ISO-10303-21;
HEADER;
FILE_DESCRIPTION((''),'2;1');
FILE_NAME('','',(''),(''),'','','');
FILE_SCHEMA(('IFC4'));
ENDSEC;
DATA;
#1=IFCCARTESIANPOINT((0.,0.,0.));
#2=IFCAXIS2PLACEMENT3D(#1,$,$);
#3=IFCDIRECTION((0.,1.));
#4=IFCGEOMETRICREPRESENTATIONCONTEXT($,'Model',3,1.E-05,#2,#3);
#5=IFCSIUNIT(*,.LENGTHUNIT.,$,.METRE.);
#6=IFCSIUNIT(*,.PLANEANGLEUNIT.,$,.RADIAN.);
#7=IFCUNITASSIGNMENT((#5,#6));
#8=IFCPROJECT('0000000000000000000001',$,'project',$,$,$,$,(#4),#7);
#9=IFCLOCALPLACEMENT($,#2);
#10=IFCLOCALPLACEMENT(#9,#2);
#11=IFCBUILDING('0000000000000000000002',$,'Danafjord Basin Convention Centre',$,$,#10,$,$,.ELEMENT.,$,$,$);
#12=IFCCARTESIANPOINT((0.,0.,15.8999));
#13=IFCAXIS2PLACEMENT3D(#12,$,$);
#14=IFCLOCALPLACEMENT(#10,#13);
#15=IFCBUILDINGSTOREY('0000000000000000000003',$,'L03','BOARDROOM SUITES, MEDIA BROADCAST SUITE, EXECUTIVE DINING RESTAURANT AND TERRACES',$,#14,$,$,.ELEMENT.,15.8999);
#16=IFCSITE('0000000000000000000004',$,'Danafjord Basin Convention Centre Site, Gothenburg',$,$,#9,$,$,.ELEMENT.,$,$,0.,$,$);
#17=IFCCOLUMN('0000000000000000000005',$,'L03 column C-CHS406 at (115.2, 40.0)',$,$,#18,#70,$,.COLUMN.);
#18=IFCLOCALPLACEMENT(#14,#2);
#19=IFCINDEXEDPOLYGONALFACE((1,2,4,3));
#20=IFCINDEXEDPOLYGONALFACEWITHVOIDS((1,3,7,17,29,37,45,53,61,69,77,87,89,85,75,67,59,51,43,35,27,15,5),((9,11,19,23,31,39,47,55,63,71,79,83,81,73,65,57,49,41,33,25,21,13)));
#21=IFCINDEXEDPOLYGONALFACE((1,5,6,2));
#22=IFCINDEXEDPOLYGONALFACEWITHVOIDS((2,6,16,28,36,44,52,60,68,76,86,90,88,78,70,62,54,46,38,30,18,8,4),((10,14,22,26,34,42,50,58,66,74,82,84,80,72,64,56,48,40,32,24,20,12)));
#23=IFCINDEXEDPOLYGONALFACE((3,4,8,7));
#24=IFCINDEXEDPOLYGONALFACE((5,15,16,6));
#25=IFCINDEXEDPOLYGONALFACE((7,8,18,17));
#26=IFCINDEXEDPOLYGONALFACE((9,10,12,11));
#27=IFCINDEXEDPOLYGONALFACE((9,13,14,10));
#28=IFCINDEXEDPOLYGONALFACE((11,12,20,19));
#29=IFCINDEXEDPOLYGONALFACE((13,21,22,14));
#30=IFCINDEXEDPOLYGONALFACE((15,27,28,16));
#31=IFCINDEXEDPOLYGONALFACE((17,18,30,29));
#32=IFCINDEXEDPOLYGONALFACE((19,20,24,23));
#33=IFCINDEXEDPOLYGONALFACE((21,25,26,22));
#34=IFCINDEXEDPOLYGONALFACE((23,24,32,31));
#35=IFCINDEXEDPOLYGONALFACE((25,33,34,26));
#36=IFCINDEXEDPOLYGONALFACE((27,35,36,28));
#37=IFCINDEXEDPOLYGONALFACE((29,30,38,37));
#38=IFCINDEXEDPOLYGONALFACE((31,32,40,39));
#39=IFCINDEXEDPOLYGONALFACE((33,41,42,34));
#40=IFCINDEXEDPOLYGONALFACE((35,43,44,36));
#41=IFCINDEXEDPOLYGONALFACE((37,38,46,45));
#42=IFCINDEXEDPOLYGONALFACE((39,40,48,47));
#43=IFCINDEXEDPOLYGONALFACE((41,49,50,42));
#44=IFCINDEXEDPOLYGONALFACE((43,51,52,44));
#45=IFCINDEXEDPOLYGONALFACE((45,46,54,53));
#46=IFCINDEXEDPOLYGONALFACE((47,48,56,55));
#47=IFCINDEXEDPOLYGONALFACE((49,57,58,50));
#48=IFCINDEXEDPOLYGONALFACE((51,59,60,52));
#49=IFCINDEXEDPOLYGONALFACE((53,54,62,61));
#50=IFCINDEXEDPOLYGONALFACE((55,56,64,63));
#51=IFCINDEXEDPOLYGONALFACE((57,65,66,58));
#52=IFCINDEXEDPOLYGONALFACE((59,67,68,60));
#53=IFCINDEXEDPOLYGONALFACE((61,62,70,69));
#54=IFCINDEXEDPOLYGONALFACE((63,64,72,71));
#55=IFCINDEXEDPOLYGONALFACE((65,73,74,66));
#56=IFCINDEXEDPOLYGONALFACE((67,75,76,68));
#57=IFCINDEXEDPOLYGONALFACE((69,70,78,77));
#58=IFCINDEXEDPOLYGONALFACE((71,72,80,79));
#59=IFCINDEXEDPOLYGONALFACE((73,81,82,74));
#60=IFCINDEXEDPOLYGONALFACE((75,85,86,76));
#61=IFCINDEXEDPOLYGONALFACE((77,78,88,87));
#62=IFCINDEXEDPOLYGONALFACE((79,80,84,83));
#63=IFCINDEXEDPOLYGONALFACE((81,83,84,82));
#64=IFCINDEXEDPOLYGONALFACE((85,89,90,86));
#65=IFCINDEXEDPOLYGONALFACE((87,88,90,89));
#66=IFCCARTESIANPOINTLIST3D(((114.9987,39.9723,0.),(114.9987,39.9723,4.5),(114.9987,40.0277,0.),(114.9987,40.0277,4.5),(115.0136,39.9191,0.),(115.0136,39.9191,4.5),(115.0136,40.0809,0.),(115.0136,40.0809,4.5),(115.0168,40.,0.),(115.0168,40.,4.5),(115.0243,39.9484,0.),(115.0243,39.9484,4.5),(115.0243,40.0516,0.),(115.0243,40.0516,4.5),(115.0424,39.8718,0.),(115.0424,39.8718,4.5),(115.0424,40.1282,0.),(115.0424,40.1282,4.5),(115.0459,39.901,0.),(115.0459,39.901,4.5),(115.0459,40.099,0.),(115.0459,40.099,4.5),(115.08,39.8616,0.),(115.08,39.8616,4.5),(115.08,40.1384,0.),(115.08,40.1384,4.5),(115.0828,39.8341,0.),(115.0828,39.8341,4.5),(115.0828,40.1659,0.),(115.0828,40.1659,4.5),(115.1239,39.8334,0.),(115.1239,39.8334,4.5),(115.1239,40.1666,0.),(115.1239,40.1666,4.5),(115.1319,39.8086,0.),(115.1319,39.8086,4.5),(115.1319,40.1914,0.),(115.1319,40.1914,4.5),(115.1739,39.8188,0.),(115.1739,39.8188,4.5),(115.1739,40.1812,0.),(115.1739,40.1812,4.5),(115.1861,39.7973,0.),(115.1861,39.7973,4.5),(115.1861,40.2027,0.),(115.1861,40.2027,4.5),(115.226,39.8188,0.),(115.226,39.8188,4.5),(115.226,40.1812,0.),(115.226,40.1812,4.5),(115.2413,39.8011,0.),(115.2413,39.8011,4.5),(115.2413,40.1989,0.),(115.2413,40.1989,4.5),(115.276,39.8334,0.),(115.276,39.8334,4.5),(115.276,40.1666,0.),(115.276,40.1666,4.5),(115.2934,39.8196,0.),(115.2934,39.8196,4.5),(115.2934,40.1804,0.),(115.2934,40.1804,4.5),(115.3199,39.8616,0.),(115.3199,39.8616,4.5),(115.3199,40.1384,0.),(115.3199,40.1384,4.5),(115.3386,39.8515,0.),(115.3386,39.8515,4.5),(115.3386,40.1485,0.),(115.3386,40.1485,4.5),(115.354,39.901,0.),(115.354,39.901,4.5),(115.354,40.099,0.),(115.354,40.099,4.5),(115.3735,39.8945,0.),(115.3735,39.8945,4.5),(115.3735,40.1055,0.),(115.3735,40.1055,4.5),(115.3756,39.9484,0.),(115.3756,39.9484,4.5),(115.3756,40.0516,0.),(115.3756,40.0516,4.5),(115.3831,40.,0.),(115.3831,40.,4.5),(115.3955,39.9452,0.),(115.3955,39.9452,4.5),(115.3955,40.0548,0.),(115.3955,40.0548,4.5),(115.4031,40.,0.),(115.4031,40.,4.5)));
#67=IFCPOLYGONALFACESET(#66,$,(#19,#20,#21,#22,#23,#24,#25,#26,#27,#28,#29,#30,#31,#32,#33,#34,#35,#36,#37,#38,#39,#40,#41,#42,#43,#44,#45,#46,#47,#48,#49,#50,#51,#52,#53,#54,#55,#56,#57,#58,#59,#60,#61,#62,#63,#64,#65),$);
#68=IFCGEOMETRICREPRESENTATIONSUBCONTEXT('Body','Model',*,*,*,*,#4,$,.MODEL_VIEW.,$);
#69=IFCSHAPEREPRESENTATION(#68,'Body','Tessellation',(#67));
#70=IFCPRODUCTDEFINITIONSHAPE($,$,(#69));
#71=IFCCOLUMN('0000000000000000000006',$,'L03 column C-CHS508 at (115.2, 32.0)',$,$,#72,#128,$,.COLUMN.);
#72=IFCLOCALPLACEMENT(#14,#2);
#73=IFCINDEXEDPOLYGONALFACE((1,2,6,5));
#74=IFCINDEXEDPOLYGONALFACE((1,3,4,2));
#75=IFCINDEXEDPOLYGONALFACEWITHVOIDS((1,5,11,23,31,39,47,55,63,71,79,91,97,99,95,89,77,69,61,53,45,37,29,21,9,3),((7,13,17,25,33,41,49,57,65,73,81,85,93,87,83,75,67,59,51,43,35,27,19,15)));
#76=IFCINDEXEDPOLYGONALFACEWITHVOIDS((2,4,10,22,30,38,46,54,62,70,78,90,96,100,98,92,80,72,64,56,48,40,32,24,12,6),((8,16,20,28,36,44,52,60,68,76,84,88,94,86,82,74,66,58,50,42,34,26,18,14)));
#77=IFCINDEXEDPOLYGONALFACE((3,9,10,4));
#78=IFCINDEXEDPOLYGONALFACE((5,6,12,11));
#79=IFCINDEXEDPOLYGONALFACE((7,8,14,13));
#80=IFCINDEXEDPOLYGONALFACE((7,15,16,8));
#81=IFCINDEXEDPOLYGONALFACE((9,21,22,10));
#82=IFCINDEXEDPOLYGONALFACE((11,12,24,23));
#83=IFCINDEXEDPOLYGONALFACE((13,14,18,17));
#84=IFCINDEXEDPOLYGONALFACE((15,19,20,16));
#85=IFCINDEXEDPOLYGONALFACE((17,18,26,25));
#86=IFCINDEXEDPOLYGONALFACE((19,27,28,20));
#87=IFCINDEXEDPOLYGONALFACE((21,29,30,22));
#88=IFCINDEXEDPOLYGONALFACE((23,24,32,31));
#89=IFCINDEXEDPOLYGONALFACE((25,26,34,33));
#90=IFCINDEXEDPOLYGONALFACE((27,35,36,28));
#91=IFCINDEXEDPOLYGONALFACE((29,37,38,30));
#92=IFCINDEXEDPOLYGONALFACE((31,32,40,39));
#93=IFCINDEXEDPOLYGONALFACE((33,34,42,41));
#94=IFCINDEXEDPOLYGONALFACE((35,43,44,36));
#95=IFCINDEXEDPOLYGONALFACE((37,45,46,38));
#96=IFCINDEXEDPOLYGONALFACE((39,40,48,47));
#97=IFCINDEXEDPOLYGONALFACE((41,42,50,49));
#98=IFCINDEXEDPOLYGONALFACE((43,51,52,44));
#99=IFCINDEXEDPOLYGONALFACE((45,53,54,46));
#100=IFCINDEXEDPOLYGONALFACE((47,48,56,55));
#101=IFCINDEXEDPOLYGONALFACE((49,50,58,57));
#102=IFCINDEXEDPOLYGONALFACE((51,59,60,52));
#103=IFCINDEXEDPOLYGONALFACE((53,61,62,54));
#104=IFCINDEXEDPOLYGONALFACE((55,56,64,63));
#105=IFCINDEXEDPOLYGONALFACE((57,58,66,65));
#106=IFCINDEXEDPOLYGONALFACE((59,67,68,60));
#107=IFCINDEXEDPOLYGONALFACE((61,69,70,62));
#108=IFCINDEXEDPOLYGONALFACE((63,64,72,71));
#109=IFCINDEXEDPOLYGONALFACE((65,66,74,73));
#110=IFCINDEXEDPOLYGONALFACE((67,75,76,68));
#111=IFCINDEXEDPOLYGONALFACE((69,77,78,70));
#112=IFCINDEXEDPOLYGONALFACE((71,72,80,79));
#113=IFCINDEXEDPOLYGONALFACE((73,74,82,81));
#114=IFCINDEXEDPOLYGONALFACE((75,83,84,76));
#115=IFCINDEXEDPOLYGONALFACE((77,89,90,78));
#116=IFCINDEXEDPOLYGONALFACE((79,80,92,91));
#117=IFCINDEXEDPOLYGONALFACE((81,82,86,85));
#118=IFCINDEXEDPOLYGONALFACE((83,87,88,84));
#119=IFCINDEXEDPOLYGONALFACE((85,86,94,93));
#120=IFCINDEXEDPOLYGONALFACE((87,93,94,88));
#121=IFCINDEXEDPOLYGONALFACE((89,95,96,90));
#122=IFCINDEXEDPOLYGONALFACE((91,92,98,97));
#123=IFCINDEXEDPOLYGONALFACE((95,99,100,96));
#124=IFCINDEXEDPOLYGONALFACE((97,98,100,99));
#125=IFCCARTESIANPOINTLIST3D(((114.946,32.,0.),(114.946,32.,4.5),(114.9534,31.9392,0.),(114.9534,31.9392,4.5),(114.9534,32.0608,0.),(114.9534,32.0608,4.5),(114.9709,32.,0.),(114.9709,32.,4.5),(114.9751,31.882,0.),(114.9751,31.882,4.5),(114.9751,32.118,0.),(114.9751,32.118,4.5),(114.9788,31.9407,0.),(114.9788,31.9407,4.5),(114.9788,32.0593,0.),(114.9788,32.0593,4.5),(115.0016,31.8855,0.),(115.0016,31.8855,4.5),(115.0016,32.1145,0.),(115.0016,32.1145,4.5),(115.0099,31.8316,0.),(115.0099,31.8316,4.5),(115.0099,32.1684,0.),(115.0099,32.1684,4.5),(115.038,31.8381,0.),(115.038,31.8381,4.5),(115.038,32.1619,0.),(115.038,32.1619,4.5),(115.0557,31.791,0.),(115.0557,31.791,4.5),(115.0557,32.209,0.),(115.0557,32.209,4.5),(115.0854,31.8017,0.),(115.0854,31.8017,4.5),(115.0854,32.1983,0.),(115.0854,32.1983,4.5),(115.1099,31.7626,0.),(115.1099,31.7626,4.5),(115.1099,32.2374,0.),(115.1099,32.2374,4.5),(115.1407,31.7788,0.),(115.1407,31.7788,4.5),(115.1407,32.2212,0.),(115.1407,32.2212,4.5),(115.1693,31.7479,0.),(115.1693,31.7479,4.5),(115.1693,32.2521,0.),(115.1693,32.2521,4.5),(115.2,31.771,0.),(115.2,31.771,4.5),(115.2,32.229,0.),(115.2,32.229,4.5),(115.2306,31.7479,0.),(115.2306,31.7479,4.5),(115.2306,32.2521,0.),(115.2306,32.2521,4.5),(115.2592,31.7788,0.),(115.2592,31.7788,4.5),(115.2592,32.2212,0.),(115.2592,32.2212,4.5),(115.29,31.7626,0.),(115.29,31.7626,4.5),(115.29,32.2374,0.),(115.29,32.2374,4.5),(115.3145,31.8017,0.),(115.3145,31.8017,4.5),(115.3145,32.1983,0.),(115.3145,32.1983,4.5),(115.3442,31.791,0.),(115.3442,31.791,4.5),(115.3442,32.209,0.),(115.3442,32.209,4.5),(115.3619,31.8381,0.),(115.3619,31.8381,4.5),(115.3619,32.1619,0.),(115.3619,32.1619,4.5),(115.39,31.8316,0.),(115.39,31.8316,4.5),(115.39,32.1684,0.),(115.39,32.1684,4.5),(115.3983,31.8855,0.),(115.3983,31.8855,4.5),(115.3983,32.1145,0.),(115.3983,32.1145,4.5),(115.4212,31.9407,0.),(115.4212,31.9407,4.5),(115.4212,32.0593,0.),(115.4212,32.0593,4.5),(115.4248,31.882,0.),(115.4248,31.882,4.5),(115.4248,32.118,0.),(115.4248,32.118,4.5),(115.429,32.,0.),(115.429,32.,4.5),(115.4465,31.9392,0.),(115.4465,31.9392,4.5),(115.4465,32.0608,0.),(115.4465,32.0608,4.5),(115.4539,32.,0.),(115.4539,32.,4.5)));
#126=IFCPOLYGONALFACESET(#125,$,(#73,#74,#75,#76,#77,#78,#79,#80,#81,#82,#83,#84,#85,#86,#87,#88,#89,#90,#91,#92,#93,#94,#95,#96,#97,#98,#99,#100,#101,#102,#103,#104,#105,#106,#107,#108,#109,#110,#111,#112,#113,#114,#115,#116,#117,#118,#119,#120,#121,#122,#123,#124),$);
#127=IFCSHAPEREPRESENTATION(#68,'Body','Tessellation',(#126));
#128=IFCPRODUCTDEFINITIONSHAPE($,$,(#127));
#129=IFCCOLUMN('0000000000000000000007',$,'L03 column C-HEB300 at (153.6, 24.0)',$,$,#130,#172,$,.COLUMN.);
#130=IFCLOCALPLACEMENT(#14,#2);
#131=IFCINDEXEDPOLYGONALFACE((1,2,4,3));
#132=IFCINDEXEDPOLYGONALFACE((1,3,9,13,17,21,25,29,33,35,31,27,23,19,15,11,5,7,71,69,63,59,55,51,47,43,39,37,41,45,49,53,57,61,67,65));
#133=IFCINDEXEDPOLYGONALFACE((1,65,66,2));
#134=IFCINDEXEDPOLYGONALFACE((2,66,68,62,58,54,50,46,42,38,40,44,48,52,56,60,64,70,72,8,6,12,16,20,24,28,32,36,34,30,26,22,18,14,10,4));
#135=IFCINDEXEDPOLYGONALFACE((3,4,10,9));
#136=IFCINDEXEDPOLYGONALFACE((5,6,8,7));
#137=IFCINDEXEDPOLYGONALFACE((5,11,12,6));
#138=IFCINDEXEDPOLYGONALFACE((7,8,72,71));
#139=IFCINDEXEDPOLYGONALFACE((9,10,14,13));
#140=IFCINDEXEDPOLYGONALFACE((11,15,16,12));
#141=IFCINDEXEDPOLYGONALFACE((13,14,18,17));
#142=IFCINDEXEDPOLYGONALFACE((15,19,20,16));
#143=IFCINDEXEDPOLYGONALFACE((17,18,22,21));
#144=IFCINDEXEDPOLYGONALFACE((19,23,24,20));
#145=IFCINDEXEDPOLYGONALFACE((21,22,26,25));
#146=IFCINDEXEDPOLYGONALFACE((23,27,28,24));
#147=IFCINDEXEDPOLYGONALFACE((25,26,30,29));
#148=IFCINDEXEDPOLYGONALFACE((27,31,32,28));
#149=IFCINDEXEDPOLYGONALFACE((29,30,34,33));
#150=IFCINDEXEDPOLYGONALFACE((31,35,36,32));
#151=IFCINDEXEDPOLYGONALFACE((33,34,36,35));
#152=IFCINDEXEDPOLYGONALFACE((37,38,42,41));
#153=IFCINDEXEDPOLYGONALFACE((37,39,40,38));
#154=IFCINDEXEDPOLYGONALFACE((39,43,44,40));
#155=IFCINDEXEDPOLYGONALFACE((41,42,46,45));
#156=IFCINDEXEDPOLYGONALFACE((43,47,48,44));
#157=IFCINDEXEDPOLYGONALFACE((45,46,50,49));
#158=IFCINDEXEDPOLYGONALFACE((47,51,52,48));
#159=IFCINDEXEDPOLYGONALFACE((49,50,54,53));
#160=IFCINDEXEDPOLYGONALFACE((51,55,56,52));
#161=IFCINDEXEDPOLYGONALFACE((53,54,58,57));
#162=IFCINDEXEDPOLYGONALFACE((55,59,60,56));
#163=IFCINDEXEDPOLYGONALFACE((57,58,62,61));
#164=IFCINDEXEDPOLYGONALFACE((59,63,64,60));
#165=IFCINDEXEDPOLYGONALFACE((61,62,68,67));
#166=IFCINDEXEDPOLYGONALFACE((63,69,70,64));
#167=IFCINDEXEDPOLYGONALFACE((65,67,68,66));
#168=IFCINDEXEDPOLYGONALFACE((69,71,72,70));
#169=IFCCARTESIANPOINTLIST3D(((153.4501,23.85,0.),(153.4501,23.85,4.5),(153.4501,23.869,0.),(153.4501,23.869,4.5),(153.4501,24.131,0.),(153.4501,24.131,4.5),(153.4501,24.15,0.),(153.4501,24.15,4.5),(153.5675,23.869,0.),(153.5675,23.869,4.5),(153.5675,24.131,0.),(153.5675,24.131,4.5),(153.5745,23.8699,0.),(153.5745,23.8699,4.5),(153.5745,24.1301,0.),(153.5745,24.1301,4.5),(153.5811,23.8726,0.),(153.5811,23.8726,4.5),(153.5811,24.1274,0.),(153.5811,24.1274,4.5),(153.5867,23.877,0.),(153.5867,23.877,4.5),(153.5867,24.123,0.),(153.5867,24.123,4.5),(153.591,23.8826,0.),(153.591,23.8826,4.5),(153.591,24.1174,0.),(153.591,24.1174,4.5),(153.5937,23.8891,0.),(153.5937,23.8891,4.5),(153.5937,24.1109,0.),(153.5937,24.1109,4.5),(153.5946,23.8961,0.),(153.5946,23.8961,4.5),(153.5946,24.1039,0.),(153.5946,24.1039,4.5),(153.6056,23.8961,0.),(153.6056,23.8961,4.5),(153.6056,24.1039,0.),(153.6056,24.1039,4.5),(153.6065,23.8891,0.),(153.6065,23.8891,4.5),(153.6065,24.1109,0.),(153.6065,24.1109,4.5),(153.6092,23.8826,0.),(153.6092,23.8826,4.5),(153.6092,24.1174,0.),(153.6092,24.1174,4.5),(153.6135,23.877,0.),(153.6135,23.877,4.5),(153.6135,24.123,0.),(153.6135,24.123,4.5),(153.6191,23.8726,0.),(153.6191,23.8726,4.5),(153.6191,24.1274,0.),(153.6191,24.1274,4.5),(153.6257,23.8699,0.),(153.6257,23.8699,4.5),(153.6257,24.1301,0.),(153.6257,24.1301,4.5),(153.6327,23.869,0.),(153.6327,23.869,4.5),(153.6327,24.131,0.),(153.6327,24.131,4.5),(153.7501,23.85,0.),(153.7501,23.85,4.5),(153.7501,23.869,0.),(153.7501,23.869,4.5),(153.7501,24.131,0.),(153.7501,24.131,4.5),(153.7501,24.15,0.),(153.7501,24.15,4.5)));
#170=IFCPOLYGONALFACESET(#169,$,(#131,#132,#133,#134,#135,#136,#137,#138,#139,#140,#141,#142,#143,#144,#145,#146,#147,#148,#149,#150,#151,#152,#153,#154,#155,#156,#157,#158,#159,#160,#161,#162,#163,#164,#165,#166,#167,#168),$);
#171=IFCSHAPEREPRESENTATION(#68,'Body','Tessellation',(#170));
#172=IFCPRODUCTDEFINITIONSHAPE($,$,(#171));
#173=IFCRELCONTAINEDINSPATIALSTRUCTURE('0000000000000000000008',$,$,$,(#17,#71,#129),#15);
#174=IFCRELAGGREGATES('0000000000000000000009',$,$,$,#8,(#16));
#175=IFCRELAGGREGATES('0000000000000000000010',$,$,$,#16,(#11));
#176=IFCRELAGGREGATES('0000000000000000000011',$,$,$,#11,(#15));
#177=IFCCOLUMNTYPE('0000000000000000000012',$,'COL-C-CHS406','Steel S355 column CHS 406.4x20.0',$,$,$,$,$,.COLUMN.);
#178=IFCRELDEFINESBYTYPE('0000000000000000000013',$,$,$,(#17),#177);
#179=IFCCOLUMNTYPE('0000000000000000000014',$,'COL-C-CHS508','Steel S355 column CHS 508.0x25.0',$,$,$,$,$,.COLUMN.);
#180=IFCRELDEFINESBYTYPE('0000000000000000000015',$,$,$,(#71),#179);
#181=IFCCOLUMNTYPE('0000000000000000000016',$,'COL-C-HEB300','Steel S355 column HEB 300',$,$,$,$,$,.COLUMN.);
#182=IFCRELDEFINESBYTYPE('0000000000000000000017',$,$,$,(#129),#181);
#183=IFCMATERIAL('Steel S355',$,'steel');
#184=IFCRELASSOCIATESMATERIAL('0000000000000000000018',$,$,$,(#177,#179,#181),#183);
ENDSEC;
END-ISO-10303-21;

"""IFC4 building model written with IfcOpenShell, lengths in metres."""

from ifc_helpers import new_model, si_unit, direction, frame, origin, origin_2d, place, context, subcontext, project, spatial, hollow_circle, i_section, extrude, material, material_profile, profile_set, type_object, element, save


model = new_model("IFC4")

# Units and contexts
model_context = context("Model", 3, precision=1e-05, world=origin(), true_north=direction((0.0, 1.0)))
body_context = subcontext(model_context, "Body", "Model", "MODEL_VIEW")
ifc_project = project(units=[si_unit("LENGTHUNIT", "METRE"), si_unit("PLANEANGLEUNIT", "RADIAN")], contexts=[model_context])

# Site, building, storey
site_placement = place(None, origin())
site = spatial("IfcSite", under=ifc_project, at=site_placement, Name="Danafjord Basin Convention Centre Site, Gothenburg", CompositionType="ELEMENT", RefElevation=0.0)
building_placement = place(site_placement, origin())
building = spatial("IfcBuilding", under=site, at=building_placement, Name="Danafjord Basin Convention Centre", CompositionType="ELEMENT")
storey_placement = place(building_placement, frame((0.0, 0.0, 15.8999)))
storey = spatial("IfcBuildingStorey", under=building, at=storey_placement, Name="L03", Description="BOARDROOM SUITES, MEDIA BROADCAST SUITE, EXECUTIVE DINING RESTAURANT AND TERRACES", CompositionType="ELEMENT", Elevation=15.8999)

# Columns
ifc_material_1 = material(Name="Steel S355", Category="steel")
ifc_material_profile_1 = material_profile(ifc_material_1, hollow_circle(Radius=0.2031, WallThickness=0.02, at=origin_2d()), Name="CHS 406.4x20.0")
ifc_profile_set_1 = profile_set([ifc_material_profile_1], Name="Steel S355")
column_type_1 = type_object("IfcColumnType", Name="COL-C-CHS406", Description="Steel S355 column CHS 406.4x20.0", PredefinedType="COLUMN", material=ifc_profile_set_1)
column_1_placement = place(storey_placement, frame((115.2, 40.0, 0.0), z_axis=(0.0, 0.0, 1.0), x_axis=(1.0, 0.0, 0.0)))
element("IfcColumn", 1, at=column_1_placement, inside=storey, type_object=column_type_1, Name="L03 column C-CHS406 at (115.2, 40.0)", PredefinedType="COLUMN", context=body_context, shape_type="SweptSolid", body=[
    extrude(hollow_circle(Radius=0.2031, WallThickness=0.02, at=origin_2d()), origin(), (0.0, 0.0, 1.0), 4.5),
])
ifc_material_profile_2 = material_profile(ifc_material_1, hollow_circle(Radius=0.2539, WallThickness=0.0249, at=origin_2d()), Name="CHS 508.0x25.0")
ifc_profile_set_2 = profile_set([ifc_material_profile_2], Name="Steel S355")
column_type_2 = type_object("IfcColumnType", Name="COL-C-CHS508", Description="Steel S355 column CHS 508.0x25.0", PredefinedType="COLUMN", material=ifc_profile_set_2)
column_2_placement = place(storey_placement, frame((115.2, 32.0, 0.0), z_axis=(0.0, 0.0, 1.0), x_axis=(1.0, 0.0, 0.0)))
element("IfcColumn", 2, at=column_2_placement, inside=storey, type_object=column_type_2, Name="L03 column C-CHS508 at (115.2, 32.0)", PredefinedType="COLUMN", context=body_context, shape_type="SweptSolid", body=[
    extrude(hollow_circle(Radius=0.2539, WallThickness=0.0249, at=origin_2d()), origin(), (0.0, 0.0, 1.0), 4.5),
])
ifc_material_profile_3 = material_profile(ifc_material_1, i_section(OverallWidth=0.3, OverallDepth=0.3, WebThickness=0.011, FlangeThickness=0.019, FilletRadius=0.0271, at=origin_2d()), Name="HEB 300")
ifc_profile_set_3 = profile_set([ifc_material_profile_3], Name="Steel S355")
column_type_3 = type_object("IfcColumnType", Name="COL-C-HEB300", Description="Steel S355 column HEB 300", PredefinedType="COLUMN", material=ifc_profile_set_3)
column_3_placement = place(storey_placement, frame((153.6001, 24.0, 0.0), z_axis=(0.0, 0.0, 1.0), x_axis=(1.0, 0.0, 0.0)))
element("IfcColumn", 3, at=column_3_placement, inside=storey, type_object=column_type_3, Name="L03 column C-HEB300 at (153.6, 24.0)", PredefinedType="COLUMN", context=body_context, shape_type="SweptSolid", body=[
    extrude(i_section(OverallWidth=0.3, OverallDepth=0.3, WebThickness=0.011, FlangeThickness=0.019, FilletRadius=0.0271, at=origin_2d()), origin(), (0.0, 0.0, 1.0), 4.5),
])

save(model, "model.ifc")
